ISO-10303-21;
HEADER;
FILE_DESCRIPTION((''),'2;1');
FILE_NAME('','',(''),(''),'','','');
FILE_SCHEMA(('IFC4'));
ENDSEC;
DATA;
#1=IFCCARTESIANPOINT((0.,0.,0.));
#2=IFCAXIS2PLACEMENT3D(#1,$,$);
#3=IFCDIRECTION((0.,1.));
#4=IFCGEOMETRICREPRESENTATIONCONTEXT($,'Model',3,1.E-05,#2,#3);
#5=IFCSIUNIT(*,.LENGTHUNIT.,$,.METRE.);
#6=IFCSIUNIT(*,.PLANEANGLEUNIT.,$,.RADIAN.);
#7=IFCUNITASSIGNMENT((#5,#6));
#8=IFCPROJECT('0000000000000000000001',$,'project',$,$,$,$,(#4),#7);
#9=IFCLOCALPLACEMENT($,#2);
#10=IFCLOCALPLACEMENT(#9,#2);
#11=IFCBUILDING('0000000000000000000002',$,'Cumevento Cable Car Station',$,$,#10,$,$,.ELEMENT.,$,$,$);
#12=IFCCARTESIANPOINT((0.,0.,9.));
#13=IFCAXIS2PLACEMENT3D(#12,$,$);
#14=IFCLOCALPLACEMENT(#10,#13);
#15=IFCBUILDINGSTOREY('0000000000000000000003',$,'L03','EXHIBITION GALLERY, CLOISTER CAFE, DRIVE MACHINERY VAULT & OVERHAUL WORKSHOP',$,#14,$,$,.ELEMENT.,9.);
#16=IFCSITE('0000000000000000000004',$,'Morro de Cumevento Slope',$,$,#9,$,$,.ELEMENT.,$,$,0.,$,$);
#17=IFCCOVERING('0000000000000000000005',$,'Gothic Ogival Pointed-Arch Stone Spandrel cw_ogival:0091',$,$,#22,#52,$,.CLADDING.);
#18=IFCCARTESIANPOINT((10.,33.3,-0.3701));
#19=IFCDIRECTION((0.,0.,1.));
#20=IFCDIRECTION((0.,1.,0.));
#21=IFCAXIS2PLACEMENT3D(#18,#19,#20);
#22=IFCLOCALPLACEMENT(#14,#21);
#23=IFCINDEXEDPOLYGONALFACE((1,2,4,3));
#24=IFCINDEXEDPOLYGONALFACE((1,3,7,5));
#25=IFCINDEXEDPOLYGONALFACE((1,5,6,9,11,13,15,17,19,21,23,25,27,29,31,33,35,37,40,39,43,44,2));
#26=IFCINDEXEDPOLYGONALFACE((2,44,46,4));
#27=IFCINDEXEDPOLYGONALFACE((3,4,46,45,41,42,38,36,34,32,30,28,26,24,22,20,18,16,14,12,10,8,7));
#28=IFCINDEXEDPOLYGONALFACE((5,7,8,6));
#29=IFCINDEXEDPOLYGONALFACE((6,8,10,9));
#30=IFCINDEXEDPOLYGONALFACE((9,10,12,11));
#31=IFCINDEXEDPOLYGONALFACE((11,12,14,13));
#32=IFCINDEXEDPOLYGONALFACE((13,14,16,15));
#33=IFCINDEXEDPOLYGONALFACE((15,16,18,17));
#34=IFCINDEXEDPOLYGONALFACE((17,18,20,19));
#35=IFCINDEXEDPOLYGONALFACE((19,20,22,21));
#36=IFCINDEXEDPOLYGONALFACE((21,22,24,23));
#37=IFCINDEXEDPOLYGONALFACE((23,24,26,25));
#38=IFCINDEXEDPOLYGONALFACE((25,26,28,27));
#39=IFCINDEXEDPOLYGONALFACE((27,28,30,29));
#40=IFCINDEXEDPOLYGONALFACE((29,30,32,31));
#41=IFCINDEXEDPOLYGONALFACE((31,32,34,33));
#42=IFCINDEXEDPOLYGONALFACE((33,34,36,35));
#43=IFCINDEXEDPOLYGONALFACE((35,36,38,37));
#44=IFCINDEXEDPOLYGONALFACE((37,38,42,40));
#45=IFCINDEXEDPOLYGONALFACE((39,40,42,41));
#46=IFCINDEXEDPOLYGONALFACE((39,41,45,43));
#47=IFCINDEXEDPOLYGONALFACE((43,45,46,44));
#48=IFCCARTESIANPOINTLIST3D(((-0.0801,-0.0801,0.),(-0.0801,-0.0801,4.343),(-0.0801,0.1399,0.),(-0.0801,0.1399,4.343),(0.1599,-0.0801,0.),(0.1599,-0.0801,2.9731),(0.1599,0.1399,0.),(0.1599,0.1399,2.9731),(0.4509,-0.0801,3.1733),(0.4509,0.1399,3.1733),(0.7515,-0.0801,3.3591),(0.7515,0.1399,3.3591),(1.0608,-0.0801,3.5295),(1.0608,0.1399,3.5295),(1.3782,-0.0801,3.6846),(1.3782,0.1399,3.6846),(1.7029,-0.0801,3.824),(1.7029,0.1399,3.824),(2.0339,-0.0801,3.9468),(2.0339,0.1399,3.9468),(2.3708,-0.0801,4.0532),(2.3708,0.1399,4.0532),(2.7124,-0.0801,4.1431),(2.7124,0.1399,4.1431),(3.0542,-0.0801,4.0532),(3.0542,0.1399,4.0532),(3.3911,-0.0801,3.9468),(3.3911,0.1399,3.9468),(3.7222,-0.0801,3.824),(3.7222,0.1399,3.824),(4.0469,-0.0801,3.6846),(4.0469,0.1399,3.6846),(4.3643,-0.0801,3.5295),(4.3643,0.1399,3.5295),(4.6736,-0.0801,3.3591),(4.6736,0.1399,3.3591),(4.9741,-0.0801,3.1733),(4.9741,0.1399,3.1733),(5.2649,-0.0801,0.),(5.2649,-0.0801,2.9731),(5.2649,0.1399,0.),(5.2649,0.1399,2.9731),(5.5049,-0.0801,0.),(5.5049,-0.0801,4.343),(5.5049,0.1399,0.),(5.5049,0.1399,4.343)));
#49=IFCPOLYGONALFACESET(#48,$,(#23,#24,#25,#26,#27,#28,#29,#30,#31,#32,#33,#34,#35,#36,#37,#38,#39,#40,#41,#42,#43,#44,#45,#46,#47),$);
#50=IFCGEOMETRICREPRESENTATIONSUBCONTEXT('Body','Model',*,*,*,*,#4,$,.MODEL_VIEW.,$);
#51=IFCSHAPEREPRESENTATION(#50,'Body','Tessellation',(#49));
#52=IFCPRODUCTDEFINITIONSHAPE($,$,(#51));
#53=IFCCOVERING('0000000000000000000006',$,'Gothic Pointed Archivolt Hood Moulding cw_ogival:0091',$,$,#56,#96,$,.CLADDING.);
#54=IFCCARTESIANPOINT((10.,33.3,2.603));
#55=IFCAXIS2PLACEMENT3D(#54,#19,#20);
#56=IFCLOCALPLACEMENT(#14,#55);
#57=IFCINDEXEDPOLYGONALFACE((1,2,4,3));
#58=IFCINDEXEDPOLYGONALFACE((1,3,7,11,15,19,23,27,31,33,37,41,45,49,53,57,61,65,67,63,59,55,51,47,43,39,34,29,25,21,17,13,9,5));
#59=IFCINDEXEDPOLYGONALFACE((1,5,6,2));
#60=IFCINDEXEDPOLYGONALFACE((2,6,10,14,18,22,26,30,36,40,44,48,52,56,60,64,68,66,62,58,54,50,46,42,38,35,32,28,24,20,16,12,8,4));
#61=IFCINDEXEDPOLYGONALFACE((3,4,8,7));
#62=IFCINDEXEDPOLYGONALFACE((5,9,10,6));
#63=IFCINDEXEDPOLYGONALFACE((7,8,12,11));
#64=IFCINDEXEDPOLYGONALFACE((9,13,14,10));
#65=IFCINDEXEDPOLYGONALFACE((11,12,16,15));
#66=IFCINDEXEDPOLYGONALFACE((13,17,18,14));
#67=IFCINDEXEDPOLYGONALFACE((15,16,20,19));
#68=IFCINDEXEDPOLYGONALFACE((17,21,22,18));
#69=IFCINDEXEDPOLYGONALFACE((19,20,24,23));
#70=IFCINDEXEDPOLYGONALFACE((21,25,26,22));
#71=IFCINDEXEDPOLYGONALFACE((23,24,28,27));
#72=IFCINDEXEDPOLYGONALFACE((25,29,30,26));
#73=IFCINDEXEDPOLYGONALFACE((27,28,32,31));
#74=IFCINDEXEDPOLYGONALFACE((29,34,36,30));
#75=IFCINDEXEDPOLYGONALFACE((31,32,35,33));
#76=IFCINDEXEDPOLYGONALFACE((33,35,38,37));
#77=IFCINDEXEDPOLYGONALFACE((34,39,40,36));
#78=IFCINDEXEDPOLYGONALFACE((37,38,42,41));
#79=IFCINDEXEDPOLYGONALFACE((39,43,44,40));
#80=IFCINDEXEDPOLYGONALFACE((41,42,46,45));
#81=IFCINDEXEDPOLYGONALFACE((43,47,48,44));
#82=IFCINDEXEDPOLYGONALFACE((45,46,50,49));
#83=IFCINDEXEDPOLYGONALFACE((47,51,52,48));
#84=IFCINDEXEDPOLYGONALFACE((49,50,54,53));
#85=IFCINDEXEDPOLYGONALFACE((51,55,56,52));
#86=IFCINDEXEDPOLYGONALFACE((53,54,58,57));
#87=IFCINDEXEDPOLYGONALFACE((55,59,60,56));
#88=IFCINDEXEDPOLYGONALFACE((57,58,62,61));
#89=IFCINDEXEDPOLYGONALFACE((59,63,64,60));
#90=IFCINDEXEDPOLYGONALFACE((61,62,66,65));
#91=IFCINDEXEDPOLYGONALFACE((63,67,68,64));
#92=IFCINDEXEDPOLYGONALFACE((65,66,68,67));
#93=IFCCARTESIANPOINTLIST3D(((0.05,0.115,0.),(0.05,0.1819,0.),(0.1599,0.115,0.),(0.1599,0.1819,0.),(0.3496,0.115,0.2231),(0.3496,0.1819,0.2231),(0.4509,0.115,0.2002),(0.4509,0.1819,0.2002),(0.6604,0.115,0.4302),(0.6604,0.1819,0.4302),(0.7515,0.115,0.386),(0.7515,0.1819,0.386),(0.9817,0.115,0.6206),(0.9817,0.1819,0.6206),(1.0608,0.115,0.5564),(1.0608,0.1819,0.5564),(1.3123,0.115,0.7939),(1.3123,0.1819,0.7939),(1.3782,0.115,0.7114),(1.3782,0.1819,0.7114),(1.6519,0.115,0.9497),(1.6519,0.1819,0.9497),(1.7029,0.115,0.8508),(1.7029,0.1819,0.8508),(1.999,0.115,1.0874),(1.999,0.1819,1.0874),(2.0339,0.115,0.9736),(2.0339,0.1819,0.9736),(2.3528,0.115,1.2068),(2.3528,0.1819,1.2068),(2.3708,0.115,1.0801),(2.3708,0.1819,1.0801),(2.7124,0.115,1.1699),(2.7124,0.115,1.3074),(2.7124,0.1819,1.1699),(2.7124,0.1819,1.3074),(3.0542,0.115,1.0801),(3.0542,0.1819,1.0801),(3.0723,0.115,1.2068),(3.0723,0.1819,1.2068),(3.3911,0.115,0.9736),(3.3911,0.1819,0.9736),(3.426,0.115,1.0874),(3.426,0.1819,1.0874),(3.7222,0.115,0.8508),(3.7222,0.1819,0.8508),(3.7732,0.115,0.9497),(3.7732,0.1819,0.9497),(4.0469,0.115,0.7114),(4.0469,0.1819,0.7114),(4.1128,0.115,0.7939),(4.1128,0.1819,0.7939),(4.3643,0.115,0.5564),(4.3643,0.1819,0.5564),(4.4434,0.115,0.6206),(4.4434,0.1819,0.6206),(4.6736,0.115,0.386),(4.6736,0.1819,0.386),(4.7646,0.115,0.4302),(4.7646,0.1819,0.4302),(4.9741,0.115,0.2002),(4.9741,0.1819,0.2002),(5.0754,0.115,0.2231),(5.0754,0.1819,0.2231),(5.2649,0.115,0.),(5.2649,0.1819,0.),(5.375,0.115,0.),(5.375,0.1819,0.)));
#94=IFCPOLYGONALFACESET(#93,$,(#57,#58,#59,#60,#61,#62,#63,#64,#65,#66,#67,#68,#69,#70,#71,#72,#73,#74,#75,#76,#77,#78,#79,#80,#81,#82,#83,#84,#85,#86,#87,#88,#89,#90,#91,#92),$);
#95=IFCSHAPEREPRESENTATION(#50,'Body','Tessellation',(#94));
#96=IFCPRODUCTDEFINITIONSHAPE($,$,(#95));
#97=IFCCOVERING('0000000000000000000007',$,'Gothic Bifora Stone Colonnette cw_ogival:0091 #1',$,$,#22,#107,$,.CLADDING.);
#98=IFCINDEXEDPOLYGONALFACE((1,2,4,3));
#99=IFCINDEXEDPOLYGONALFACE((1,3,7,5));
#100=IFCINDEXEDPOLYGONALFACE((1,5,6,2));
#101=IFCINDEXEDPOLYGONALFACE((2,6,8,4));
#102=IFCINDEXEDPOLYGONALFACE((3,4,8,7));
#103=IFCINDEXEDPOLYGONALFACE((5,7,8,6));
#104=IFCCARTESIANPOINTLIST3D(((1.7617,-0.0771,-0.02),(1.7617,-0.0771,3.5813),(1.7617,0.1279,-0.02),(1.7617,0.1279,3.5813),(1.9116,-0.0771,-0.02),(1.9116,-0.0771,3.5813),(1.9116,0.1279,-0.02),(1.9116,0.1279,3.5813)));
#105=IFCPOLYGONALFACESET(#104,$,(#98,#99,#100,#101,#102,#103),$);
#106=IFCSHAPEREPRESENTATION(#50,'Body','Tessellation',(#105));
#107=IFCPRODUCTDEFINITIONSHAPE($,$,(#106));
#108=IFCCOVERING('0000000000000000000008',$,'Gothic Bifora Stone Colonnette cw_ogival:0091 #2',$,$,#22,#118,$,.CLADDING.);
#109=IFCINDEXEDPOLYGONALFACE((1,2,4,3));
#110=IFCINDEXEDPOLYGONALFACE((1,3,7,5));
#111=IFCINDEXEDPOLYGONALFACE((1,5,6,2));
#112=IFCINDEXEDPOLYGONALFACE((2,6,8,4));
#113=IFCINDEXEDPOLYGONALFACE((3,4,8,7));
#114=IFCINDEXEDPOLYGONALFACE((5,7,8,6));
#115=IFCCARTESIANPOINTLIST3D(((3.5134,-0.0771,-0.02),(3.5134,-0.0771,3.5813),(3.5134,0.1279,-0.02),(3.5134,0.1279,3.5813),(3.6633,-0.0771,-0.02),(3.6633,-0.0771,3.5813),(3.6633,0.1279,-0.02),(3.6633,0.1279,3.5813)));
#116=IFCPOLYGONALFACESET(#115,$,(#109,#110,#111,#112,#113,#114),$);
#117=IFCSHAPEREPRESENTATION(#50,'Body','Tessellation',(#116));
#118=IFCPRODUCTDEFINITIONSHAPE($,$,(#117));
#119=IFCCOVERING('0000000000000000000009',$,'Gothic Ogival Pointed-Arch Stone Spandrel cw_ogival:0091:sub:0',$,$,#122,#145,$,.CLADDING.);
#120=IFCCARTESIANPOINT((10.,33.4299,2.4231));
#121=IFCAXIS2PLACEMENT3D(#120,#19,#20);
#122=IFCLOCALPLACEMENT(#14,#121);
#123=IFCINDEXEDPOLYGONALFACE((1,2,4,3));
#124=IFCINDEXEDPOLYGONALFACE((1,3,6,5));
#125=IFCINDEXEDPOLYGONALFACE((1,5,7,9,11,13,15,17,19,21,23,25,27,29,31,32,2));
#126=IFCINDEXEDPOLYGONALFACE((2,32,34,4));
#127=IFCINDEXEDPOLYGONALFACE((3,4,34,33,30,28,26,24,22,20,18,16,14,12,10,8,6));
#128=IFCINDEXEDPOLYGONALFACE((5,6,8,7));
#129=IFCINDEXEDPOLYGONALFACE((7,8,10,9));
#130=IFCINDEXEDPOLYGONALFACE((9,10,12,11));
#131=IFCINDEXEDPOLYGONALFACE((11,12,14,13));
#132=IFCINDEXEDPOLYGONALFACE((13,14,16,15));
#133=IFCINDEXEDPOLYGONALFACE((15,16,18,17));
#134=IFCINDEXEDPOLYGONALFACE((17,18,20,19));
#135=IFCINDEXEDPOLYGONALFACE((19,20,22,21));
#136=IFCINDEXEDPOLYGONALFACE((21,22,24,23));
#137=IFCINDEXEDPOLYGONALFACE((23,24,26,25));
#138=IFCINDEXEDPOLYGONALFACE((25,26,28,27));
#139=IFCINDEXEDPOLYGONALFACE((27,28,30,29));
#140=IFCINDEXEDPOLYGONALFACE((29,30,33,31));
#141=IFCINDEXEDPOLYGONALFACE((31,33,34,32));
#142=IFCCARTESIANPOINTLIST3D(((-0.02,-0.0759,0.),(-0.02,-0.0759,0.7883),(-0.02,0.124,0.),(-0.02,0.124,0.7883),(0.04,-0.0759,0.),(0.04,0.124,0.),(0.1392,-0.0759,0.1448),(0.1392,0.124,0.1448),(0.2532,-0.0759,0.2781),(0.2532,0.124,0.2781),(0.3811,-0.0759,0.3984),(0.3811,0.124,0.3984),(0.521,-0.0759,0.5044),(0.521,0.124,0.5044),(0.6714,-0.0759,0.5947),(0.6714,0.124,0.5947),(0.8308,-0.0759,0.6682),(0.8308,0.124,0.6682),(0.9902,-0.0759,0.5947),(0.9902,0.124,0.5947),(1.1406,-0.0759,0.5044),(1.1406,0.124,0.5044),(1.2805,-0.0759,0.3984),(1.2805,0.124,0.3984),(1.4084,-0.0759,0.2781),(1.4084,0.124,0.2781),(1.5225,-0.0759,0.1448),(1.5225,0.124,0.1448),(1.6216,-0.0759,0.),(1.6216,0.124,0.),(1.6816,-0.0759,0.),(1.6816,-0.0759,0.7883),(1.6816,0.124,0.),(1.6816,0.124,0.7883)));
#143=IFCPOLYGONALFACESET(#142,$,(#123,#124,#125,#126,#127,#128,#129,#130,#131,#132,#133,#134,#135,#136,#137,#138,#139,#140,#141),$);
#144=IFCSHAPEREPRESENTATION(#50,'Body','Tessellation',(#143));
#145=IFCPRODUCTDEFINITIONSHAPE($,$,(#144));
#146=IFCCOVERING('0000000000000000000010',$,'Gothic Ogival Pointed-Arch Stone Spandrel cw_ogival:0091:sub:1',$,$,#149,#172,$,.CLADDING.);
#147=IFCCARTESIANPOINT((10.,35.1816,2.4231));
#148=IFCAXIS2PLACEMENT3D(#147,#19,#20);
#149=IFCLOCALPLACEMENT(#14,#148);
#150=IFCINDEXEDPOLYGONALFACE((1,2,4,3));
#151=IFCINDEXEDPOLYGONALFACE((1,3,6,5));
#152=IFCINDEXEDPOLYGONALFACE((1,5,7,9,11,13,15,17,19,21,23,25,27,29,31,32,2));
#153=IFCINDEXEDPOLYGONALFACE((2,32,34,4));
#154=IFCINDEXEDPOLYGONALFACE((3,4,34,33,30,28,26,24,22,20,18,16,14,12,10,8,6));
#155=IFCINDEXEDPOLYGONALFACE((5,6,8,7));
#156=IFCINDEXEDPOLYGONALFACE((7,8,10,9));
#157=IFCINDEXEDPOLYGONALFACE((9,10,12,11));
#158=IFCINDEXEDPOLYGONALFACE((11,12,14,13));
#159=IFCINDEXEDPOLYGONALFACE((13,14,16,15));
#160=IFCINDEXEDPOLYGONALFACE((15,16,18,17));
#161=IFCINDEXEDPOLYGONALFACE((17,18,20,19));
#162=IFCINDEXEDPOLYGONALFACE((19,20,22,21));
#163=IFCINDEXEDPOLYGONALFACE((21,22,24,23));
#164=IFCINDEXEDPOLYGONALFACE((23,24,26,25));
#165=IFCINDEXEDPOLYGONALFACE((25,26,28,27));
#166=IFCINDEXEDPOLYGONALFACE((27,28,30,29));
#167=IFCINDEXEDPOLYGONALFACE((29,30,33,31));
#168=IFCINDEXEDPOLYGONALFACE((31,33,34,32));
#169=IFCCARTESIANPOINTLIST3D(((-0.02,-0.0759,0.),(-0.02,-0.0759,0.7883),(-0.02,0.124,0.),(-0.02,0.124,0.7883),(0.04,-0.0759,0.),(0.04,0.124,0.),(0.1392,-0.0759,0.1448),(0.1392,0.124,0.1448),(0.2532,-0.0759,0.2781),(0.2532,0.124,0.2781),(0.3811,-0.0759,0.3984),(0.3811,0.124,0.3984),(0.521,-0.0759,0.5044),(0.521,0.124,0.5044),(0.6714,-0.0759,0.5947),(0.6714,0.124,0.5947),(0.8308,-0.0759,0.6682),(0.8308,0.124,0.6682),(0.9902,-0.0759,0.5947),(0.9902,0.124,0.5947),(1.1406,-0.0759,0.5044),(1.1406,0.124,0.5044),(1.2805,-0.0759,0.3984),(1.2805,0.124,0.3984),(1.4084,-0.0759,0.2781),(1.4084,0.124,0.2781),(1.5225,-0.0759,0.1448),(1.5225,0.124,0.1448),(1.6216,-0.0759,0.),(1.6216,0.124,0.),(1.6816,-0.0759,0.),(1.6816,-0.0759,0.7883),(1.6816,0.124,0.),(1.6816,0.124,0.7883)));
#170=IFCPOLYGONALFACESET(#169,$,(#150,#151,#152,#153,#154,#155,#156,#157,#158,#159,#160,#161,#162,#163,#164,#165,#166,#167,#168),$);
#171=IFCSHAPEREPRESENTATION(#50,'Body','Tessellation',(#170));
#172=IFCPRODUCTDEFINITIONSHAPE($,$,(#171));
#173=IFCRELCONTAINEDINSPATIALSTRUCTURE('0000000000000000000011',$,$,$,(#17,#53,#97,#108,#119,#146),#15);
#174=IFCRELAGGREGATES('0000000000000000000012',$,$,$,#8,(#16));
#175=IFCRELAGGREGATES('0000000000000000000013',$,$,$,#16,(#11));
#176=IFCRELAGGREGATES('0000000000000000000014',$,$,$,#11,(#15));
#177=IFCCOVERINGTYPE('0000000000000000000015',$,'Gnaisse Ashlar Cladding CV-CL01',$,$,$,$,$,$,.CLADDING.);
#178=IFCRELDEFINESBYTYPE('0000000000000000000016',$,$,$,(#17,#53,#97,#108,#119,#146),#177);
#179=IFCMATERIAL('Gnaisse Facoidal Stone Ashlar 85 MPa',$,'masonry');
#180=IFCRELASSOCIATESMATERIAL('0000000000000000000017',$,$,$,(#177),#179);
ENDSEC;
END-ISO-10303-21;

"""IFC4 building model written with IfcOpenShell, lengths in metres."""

from ifc_helpers import new_model, si_unit, direction, frame, origin, place, context, subcontext, project, spatial, polyline, outline, extrude, material, type_object, element, save


model = new_model("IFC4")

# Units and contexts
model_context = context("Model", 3, precision=1e-05, world=origin(), true_north=direction((0.0, 1.0)))
body_context = subcontext(model_context, "Body", "Model", "MODEL_VIEW")
ifc_project = project(units=[si_unit("LENGTHUNIT", "METRE"), si_unit("PLANEANGLEUNIT", "RADIAN")], contexts=[model_context])

# Site, building, storey
site_placement = place(None, origin())
site = spatial("IfcSite", under=ifc_project, at=site_placement, Name="Morro de Cumevento Slope", CompositionType="ELEMENT", RefElevation=0.0)
building_placement = place(site_placement, origin())
building = spatial("IfcBuilding", under=site, at=building_placement, Name="Cumevento Cable Car Station", CompositionType="ELEMENT")
storey_placement = place(building_placement, frame((0.0, 0.0, 9.0)))
storey = spatial("IfcBuildingStorey", under=building, at=storey_placement, Name="L03", Description="EXHIBITION GALLERY, CLOISTER CAFE, DRIVE MACHINERY VAULT & OVERHAUL WORKSHOP", CompositionType="ELEMENT", Elevation=9.0)

# Coverings
ifc_material_1 = material(Name="Gnaisse Facoidal Stone Ashlar 85 MPa", Category="masonry")
covering_type = type_object("IfcCoveringType", Name="Gnaisse Ashlar Cladding CV-CL01", PredefinedType="CLADDING", material=ifc_material_1)
placement = place(storey_placement, frame((10.0, 33.3, -0.3701), z_axis=(0.0, 0.0, 1.0), x_axis=(0.0, 1.0, 0.0)))
element("IfcCovering", 1, at=placement, inside=storey, type_object=covering_type, Name="Gothic Ogival Pointed-Arch Stone Spandrel cw_ogival:0091", PredefinedType="CLADDING", context=body_context, shape_type="SweptSolid", body=[
    extrude(outline(polyline([(-0.0801, 0.0), (-0.0801, 4.343), (5.5049, 4.343), (5.5049, 0.0), (5.2649, 0.0), (5.2649, 2.9731), (4.9741, 3.1733), (4.6736, 3.3591), (4.3643, 3.5295), (4.0469, 3.6846), (3.7222, 3.824), (3.3911, 3.9468), (3.0542, 4.0532), (2.7124, 4.1431), (2.3708, 4.0532), (2.0339, 3.9468), (1.7029, 3.824), (1.3782, 3.6846), (1.0608, 3.5295), (0.7515, 3.3591), (0.4509, 3.1733), (0.1599, 2.9731), (0.1599, 0.0), (-0.0801, 0.0)])), frame((0.0, 0.1399, 0.0), z_axis=(0.0, -1.0, 0.0), x_axis=(1.0, 0.0, 0.0)), (0.0, 0.0, 1.0), 0.22),
])
covering_1_placement = place(storey_placement, frame((10.0, 33.3, 2.603), z_axis=(0.0, 0.0, 1.0), x_axis=(0.0, 1.0, 0.0)))
element("IfcCovering", 2, at=covering_1_placement, inside=storey, type_object=covering_type, Name="Gothic Pointed Archivolt Hood Moulding cw_ogival:0091", PredefinedType="CLADDING", context=body_context, shape_type="SweptSolid", body=[
    extrude(outline(polyline([(0.1599, 0.0), (0.4509, 0.2002), (0.7515, 0.386), (1.0608, 0.5564), (1.3782, 0.7114), (1.7029, 0.8508), (2.0339, 0.9736), (2.3708, 1.0801), (2.7124, 1.1699), (3.0542, 1.0801), (3.3911, 0.9736), (3.7222, 0.8508), (4.0469, 0.7114), (4.3643, 0.5564), (4.6736, 0.386), (4.9741, 0.2002), (5.2649, 0.0), (5.375, 0.0), (5.0754, 0.2231), (4.7646, 0.4302), (4.4434, 0.6206), (4.1128, 0.7939), (3.7732, 0.9497), (3.426, 1.0874), (3.0723, 1.2068), (2.7124, 1.3074), (2.3528, 1.2068), (1.999, 1.0874), (1.6519, 0.9497), (1.3123, 0.7939), (0.9817, 0.6206), (0.6604, 0.4302), (0.3496, 0.2231), (0.05, 0.0), (0.1599, 0.0)])), frame((0.0, 0.1819, 0.0), z_axis=(0.0, -1.0, 0.0), x_axis=(1.0, 0.0, 0.0)), (0.0, 0.0, 1.0), 0.0669),
])
element("IfcCovering", 3, at=placement, inside=storey, type_object=covering_type, Name="Gothic Bifora Stone Colonnette cw_ogival:0091 #1", PredefinedType="CLADDING", context=body_context, shape_type="SweptSolid", body=[
    extrude(outline(polyline([(1.7617, -0.02), (1.9116, -0.02), (1.9116, 3.5813), (1.7617, 3.5813), (1.7617, -0.02)])), frame((0.0, 0.1279, 0.0), z_axis=(0.0, -1.0, 0.0), x_axis=(1.0, 0.0, 0.0)), (0.0, 0.0, 1.0), 0.2051),
])
element("IfcCovering", 4, at=placement, inside=storey, type_object=covering_type, Name="Gothic Bifora Stone Colonnette cw_ogival:0091 #2", PredefinedType="CLADDING", context=body_context, shape_type="SweptSolid", body=[
    extrude(outline(polyline([(3.5134, -0.02), (3.6633, -0.02), (3.6633, 3.5813), (3.5134, 3.5813), (3.5134, -0.02)])), frame((0.0, 0.1279, 0.0), z_axis=(0.0, -1.0, 0.0), x_axis=(1.0, 0.0, 0.0)), (0.0, 0.0, 1.0), 0.2051),
])
for number, where, z_axis, x_axis, name in (
    (5, (10.0, 33.4299, 2.4231), (0.0, 0.0, 1.0), (0.0, 1.0, 0.0), "Gothic Ogival Pointed-Arch Stone Spandrel cw_ogival:0091:sub:0"),
    (6, (10.0, 35.1816, 2.4231), (0.0, 0.0, 1.0), (0.0, 1.0, 0.0), "Gothic Ogival Pointed-Arch Stone Spandrel cw_ogival:0091:sub:1"),
):
    element("IfcCovering", number, at=place(storey_placement, frame(where, z_axis=z_axis, x_axis=x_axis)), inside=storey, type_object=covering_type, Name=name, PredefinedType="CLADDING", context=body_context, shape_type="SweptSolid", body=[
        extrude(outline(polyline([(-0.02, 0.0), (-0.02, 0.7883), (1.6816, 0.7883), (1.6816, 0.0), (1.6216, 0.0), (1.5225, 0.1448), (1.4084, 0.2781), (1.2805, 0.3984), (1.1406, 0.5044), (0.9902, 0.5947), (0.8308, 0.6682), (0.6714, 0.5947), (0.521, 0.5044), (0.3811, 0.3984), (0.2532, 0.2781), (0.1392, 0.1448), (0.04, 0.0), (-0.02, 0.0)])), frame((0.0, 0.124, 0.0), z_axis=(0.0, -1.0, 0.0), x_axis=(1.0, 0.0, 0.0)), (0.0, 0.0, 1.0), 0.2),
    ])

save(model, "model.ifc")
